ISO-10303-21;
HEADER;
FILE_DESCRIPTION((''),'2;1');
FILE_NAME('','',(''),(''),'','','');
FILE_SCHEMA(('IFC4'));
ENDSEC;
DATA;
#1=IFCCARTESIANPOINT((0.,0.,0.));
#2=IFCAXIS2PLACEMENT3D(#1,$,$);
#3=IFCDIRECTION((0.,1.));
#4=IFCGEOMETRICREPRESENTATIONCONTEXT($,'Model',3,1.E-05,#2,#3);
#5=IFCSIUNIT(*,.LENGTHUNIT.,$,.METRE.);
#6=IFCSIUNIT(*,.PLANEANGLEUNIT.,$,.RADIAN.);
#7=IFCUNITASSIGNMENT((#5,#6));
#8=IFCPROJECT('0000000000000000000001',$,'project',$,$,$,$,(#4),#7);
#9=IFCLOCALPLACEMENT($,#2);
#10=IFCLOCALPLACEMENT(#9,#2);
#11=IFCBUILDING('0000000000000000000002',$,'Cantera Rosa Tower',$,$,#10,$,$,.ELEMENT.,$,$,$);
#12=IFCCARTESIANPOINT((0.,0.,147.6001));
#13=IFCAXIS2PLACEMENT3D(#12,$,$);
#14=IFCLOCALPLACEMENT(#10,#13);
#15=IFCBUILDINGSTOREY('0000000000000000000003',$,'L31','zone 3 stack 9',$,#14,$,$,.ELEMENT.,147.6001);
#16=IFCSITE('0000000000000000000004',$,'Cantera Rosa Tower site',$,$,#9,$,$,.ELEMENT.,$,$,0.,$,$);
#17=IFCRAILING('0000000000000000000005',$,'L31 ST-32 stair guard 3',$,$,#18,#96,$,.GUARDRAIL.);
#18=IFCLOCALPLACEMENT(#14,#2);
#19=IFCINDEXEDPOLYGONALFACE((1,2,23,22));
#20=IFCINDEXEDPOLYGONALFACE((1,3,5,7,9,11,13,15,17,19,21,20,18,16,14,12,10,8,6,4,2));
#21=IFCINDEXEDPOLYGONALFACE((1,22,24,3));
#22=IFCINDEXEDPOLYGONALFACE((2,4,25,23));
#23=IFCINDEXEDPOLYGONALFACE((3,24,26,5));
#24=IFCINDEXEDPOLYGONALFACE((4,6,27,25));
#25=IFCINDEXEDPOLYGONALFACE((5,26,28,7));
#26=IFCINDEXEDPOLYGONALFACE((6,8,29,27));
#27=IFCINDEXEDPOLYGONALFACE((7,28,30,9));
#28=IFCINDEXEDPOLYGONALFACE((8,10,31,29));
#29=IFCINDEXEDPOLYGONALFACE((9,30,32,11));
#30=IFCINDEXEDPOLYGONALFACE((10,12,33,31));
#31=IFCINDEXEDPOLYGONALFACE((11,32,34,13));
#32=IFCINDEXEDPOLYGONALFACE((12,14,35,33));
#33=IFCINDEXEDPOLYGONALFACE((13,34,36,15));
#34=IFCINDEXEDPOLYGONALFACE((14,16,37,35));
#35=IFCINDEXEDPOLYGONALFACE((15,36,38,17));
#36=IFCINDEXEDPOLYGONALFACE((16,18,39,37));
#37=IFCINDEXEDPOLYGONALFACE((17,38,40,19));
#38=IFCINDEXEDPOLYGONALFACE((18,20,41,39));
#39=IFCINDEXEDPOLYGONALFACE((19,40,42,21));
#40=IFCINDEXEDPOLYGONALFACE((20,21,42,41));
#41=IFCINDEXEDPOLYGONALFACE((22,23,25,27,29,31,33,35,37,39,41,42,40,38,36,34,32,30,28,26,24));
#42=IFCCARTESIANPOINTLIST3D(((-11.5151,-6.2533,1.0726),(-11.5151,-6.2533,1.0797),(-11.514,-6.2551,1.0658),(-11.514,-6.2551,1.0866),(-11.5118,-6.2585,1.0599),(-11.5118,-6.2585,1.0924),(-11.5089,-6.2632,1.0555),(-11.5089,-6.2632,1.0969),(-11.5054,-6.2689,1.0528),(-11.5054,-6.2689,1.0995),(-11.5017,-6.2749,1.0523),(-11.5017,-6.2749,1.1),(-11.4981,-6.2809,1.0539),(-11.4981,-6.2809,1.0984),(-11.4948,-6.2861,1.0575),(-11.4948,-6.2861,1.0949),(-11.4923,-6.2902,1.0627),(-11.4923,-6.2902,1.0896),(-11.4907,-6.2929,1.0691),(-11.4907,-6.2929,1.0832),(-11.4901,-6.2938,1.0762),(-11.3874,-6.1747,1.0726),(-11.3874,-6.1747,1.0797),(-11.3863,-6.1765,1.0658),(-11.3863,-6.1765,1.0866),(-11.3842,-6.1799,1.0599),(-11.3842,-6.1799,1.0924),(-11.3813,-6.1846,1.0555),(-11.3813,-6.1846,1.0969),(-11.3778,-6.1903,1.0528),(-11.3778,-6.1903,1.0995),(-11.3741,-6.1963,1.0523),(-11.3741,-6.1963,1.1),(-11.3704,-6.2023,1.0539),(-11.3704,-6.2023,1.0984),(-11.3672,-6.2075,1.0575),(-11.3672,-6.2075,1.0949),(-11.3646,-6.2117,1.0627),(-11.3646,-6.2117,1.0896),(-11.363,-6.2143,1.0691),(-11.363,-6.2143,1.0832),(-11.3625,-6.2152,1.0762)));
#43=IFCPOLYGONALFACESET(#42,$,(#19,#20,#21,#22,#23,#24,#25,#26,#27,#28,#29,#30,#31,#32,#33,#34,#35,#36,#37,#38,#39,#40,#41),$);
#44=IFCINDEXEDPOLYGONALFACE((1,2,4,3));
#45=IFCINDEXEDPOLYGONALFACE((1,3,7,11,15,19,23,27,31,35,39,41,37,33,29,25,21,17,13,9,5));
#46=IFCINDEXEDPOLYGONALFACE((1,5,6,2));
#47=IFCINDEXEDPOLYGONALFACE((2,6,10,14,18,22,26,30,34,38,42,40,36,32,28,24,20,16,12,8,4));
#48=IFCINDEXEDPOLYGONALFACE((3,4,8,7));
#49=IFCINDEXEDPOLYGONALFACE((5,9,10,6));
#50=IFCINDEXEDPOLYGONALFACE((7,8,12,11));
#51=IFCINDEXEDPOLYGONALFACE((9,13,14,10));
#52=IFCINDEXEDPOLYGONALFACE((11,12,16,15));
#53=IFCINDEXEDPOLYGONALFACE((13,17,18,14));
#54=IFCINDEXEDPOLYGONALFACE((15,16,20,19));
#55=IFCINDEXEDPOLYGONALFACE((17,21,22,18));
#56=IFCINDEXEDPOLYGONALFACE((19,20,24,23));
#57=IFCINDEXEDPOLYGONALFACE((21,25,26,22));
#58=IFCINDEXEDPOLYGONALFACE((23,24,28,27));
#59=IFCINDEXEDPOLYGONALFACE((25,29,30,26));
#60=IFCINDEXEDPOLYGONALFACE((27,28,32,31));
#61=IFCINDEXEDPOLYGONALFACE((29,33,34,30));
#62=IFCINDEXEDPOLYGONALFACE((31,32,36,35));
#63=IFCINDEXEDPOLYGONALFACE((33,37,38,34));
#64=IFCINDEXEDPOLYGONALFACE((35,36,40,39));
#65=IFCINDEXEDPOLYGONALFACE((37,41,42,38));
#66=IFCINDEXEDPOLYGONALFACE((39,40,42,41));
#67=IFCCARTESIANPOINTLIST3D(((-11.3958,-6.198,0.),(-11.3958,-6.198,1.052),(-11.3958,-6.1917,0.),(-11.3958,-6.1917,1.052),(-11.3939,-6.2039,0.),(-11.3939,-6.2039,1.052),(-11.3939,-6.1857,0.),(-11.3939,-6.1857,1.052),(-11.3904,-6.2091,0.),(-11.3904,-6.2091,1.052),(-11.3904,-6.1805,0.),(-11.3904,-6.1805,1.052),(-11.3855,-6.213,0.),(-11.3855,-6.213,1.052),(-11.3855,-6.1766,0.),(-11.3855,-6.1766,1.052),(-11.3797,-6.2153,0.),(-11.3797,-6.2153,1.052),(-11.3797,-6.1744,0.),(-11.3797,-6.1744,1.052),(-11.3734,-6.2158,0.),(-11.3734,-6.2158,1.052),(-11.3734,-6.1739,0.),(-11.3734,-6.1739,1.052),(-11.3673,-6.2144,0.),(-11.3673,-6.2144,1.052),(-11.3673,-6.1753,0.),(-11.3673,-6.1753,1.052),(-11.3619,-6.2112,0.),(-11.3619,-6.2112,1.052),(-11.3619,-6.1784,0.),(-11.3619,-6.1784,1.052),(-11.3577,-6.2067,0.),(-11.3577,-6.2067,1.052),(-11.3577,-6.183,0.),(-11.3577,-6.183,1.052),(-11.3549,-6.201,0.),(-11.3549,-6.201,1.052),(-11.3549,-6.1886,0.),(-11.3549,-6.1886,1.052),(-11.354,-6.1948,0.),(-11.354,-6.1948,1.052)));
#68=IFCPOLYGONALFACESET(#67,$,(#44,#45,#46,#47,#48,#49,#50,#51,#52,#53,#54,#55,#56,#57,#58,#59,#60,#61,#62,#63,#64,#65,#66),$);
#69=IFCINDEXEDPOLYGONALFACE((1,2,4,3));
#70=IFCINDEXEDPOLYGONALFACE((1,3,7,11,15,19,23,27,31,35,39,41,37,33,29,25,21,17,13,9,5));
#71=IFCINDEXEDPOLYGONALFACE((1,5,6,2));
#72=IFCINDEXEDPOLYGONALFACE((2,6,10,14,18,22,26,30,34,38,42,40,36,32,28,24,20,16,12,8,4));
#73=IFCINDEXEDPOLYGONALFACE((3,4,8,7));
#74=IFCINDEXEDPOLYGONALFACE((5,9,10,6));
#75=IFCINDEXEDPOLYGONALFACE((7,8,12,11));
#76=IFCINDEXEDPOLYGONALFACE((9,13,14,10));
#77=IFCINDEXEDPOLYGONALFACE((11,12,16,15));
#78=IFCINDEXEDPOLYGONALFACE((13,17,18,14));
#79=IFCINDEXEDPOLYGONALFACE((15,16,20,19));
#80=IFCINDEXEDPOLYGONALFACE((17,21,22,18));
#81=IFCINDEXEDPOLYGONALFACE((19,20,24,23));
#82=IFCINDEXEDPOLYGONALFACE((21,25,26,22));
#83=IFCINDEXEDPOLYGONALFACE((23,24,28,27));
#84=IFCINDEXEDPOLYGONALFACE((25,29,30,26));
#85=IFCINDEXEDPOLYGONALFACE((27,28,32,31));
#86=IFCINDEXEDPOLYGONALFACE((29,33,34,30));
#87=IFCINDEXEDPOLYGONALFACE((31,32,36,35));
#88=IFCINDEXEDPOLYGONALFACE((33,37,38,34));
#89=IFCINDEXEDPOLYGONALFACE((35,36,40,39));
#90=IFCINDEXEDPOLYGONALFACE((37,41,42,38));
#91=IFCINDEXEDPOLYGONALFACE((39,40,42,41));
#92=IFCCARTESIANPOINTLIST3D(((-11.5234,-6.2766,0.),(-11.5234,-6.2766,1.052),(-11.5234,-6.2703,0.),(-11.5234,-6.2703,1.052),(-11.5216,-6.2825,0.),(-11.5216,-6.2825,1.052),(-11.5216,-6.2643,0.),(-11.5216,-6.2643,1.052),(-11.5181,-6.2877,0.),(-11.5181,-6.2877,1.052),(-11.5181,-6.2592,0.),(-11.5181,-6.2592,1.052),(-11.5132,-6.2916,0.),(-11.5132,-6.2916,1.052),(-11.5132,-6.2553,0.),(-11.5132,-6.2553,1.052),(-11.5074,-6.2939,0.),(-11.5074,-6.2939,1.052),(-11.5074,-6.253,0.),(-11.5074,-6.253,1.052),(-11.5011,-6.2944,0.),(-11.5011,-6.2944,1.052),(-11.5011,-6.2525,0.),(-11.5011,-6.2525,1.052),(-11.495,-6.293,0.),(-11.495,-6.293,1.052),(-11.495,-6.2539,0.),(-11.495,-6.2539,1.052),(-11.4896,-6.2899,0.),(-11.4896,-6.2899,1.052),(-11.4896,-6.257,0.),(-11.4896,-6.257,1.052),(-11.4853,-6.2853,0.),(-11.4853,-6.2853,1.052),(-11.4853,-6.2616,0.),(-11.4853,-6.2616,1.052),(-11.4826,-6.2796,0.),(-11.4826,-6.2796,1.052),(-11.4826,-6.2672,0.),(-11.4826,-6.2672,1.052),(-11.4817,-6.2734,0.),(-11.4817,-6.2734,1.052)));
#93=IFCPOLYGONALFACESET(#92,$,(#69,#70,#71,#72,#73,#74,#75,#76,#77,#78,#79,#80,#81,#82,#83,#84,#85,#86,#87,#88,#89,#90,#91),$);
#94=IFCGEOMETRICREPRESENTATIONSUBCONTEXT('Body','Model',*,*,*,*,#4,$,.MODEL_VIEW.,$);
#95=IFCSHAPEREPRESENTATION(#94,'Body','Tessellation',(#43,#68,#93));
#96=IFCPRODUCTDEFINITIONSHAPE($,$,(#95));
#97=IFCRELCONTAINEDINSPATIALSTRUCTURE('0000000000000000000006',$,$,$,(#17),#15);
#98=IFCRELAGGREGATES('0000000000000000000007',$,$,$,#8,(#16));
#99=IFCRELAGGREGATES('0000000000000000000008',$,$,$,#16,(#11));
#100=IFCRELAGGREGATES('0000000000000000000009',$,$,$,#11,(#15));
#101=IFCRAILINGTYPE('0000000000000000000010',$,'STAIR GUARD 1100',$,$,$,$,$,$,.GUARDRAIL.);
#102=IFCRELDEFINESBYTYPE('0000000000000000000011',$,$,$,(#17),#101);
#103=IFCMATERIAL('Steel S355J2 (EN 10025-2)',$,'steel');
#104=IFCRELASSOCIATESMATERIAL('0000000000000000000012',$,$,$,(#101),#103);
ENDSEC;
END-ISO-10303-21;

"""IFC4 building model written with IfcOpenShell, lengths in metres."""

from ifc_helpers import new_model, si_unit, direction, frame, origin, origin_2d, place, context, subcontext, project, spatial, circle, extrude, material, type_object, element, save


model = new_model("IFC4")

# Units and contexts
model_context = context("Model", 3, precision=1e-05, world=origin(), true_north=direction((0.0, 1.0)))
body_context = subcontext(model_context, "Body", "Model", "MODEL_VIEW")
ifc_project = project(units=[si_unit("LENGTHUNIT", "METRE"), si_unit("PLANEANGLEUNIT", "RADIAN")], contexts=[model_context])

# Site, building, storey
site_placement = place(None, origin())
site = spatial("IfcSite", under=ifc_project, at=site_placement, Name="Cantera Rosa Tower site", CompositionType="ELEMENT", RefElevation=0.0)
building_placement = place(site_placement, origin())
building = spatial("IfcBuilding", under=site, at=building_placement, Name="Cantera Rosa Tower", CompositionType="ELEMENT")
storey_placement = place(building_placement, frame((0.0, 0.0, 147.6001)))
storey = spatial("IfcBuildingStorey", under=building, at=storey_placement, Name="L31", Description="zone 3 stack 9", CompositionType="ELEMENT", Elevation=147.6001)

# Railing
ifc_material_1 = material(Name="Steel S355J2 (EN 10025-2)", Category="steel")
railing_type_1 = type_object("IfcRailingType", Name="STAIR GUARD 1100", PredefinedType="GUARDRAIL", material=ifc_material_1)
railing_1_placement = place(storey_placement, frame((-11.375, -6.1948, 0.0)))
element("IfcRailing", 1, at=railing_1_placement, inside=storey, type_object=railing_type_1, Name="L31 ST-32 stair guard 3", PredefinedType="GUARDRAIL", context=body_context, shape_type="SweptSolid", body=[
    extrude(circle(Radius=0.0239, at=origin_2d()), frame((0.0, 0.0, 1.0762), z_axis=(-0.851546, -0.524279, 0.0), x_axis=(0.524279, -0.851546, 0.0)), (0.0, 0.0, 1.0), 0.1499),
    extrude(circle(Radius=0.021, at=origin_2d()), origin(), (0.0, 0.0, 1.0), 1.052),
    extrude(circle(Radius=0.021, at=origin_2d()), frame((-0.1277, -0.0786, 0.0)), (0.0, 0.0, 1.0), 1.052),
])

save(model, "model.ifc")
